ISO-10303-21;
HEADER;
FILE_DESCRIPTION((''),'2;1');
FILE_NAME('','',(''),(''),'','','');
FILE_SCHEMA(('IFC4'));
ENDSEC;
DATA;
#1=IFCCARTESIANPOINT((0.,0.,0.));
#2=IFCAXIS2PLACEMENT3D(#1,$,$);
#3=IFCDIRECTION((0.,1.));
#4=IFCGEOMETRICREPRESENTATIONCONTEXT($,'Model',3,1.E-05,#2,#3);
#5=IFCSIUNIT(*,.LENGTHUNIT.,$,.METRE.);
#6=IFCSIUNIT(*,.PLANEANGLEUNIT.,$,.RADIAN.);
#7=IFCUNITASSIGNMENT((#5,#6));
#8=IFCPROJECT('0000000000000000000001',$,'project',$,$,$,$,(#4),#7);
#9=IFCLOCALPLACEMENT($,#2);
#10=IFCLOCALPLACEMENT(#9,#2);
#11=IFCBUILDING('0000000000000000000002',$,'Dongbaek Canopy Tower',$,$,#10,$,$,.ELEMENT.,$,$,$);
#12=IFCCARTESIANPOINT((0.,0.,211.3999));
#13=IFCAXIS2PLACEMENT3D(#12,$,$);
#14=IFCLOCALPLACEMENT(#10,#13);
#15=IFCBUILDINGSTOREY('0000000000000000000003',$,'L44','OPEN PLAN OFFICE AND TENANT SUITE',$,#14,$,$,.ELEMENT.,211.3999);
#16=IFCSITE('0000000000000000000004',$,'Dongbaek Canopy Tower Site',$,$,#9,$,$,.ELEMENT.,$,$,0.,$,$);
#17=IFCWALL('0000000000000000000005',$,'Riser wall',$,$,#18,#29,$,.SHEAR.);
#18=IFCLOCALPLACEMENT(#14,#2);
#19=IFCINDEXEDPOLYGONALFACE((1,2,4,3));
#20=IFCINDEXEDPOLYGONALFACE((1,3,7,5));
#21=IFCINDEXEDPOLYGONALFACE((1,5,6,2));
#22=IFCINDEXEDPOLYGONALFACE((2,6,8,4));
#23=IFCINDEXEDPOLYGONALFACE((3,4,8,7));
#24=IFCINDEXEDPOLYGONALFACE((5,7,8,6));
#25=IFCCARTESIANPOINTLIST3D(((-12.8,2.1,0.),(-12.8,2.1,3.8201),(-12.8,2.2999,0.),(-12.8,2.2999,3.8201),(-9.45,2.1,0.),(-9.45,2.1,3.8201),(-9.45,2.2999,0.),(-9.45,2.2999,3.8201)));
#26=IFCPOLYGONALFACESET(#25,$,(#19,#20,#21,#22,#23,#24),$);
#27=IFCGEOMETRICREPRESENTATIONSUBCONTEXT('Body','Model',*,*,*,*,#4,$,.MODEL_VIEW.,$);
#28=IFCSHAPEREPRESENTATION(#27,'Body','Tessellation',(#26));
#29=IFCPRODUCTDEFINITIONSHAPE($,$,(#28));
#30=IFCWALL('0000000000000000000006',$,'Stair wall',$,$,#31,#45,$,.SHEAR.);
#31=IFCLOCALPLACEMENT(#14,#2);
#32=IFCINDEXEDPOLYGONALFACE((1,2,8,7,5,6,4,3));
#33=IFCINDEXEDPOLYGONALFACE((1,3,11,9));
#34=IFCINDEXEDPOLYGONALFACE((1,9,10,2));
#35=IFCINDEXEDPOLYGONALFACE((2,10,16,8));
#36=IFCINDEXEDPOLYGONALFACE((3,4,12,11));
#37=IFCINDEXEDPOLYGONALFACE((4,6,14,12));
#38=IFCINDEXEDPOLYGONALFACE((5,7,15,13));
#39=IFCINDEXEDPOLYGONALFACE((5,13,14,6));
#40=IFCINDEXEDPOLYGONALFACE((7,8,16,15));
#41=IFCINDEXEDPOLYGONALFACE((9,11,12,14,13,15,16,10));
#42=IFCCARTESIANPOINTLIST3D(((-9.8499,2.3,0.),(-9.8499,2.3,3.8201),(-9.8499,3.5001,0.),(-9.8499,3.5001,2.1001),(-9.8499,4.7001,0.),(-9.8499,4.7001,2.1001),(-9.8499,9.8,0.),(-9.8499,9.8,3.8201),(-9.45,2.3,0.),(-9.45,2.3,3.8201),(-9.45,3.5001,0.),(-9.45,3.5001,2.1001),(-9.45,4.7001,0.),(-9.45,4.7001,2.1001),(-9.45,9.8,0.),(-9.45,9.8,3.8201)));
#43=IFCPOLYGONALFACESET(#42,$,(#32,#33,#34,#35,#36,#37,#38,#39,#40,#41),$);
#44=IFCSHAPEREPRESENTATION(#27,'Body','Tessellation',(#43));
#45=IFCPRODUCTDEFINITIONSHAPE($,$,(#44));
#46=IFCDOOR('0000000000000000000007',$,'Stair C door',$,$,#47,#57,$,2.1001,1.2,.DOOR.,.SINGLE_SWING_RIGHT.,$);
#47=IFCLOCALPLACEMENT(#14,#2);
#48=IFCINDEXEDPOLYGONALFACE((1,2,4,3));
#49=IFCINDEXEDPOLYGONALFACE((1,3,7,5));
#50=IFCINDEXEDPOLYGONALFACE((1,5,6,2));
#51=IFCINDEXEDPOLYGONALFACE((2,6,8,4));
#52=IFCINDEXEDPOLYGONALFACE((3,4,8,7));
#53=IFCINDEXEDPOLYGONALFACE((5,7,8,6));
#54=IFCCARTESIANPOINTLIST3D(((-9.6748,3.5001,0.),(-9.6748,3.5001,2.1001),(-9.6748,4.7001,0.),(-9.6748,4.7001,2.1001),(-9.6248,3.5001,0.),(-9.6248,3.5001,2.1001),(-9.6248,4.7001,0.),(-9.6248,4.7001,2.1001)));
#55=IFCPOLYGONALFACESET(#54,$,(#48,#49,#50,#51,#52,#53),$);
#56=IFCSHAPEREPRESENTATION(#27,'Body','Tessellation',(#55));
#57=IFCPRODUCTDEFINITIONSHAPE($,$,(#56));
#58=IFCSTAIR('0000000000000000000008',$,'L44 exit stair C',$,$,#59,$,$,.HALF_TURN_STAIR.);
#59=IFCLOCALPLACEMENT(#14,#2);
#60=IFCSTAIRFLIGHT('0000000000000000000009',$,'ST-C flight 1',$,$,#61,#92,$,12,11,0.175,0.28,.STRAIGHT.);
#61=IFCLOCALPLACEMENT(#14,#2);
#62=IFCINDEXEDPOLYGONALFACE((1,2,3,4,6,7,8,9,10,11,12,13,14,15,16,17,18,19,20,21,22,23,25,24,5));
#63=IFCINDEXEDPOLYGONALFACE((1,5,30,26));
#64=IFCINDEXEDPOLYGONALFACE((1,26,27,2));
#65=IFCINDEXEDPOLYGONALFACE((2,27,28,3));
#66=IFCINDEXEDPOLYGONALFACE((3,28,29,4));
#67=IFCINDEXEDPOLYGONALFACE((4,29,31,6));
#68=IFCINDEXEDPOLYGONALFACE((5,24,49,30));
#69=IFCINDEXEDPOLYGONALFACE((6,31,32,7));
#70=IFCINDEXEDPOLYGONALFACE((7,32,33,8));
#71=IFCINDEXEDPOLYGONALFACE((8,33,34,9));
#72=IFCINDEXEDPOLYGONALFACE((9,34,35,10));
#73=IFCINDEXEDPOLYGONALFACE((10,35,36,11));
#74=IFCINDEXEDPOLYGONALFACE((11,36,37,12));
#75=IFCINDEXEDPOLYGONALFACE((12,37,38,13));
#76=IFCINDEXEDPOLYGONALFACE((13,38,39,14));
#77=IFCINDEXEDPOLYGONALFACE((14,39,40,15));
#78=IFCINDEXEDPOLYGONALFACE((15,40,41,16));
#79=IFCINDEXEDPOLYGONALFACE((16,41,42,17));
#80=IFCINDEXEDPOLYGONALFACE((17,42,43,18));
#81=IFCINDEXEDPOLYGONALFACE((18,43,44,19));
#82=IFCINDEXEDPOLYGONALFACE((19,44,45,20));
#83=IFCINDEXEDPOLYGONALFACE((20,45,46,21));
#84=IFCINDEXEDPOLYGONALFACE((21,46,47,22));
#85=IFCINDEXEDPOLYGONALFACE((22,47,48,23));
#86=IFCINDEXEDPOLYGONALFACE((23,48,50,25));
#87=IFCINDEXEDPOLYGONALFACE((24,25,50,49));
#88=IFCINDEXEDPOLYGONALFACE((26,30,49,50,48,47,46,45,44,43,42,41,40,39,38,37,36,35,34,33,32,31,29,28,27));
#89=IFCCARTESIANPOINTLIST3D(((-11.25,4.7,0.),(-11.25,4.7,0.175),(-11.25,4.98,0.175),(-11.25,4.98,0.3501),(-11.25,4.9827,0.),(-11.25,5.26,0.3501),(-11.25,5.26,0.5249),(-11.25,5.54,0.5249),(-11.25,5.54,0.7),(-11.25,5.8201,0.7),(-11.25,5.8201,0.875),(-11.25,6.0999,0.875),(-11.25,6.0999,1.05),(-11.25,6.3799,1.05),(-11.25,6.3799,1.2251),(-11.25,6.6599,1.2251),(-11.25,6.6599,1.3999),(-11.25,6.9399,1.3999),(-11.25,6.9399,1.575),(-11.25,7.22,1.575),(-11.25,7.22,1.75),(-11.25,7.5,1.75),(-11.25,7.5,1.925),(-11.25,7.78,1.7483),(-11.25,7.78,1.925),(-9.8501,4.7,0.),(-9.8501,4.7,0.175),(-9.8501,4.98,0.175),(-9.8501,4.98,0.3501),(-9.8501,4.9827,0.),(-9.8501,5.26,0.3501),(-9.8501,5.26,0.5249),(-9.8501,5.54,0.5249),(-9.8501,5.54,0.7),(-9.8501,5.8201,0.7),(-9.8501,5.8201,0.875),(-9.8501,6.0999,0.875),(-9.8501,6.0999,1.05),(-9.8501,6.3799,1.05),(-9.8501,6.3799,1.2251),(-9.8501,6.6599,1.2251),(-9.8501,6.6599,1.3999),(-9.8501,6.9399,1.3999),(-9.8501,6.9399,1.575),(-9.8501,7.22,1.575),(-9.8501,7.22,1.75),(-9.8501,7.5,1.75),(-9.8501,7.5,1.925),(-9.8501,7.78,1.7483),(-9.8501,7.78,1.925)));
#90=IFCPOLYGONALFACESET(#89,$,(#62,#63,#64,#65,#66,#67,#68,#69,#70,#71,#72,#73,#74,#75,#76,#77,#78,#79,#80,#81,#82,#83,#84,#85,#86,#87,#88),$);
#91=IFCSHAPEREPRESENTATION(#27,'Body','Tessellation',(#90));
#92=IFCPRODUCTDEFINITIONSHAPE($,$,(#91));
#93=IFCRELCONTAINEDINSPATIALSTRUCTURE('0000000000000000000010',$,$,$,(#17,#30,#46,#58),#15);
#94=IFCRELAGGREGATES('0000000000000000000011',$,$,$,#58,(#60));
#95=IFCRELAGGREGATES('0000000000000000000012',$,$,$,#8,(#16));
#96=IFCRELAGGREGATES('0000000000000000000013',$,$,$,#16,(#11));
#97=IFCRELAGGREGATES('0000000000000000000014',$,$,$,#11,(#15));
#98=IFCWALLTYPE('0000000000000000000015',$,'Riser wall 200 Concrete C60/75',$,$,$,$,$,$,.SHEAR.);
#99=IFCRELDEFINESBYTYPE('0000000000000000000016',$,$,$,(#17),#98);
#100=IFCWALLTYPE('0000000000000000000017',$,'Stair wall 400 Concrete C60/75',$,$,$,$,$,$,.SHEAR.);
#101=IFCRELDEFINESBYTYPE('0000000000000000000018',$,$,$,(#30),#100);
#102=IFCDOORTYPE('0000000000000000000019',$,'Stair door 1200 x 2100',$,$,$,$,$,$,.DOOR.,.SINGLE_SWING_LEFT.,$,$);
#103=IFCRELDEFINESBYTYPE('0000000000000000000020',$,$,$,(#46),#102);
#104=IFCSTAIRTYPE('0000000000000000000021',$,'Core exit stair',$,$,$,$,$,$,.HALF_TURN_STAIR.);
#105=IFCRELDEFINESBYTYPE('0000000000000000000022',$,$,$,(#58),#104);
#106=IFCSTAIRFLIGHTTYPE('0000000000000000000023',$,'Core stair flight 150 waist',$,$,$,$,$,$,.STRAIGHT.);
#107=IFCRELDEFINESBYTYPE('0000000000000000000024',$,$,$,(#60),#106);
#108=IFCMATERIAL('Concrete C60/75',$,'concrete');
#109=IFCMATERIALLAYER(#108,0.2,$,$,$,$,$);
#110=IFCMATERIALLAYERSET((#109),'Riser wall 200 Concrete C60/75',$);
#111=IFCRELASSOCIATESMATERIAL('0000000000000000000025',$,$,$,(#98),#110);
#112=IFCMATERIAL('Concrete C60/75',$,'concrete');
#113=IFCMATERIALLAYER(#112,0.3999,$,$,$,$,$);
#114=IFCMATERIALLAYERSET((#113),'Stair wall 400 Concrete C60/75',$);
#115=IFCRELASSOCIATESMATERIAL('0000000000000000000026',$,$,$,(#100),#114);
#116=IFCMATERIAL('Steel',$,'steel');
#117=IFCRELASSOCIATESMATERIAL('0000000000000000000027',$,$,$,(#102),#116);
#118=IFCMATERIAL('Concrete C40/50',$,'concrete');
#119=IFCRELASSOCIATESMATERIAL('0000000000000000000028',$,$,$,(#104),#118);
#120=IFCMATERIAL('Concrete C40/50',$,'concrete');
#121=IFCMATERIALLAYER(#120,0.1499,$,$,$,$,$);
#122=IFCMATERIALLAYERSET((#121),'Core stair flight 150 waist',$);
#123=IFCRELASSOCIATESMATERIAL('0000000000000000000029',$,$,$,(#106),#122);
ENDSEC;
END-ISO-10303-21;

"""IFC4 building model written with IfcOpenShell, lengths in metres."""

from ifc_helpers import new_model, si_unit, direction, frame, frame_2d, origin, place, context, subcontext, project, spatial, polyline, rectangle, outline, extrude, material, layer, layer_set, type_object, element, fill, aggregate, save


model = new_model("IFC4")

# Units and contexts
model_context = context("Model", 3, precision=1e-05, world=origin(), true_north=direction((0.0, 1.0)))
body_context = subcontext(model_context, "Body", "Model", "MODEL_VIEW")
ifc_project = project(units=[si_unit("LENGTHUNIT", "METRE"), si_unit("PLANEANGLEUNIT", "RADIAN")], contexts=[model_context])

# Site, building, storey
site_placement = place(None, origin())
site = spatial("IfcSite", under=ifc_project, at=site_placement, Name="Dongbaek Canopy Tower Site", CompositionType="ELEMENT", RefElevation=0.0)
building_placement = place(site_placement, origin())
building = spatial("IfcBuilding", under=site, at=building_placement, Name="Dongbaek Canopy Tower", CompositionType="ELEMENT")
storey_placement = place(building_placement, frame((0.0, 0.0, 211.3999)))
storey = spatial("IfcBuildingStorey", under=building, at=storey_placement, Name="L44", Description="OPEN PLAN OFFICE AND TENANT SUITE", CompositionType="ELEMENT", Elevation=211.3999)

# Wall
ifc_material_1 = material(Name="Concrete C60/75", Category="concrete")
ifc_layer_1 = layer(ifc_material_1, 0.2)
ifc_layer_set_1 = layer_set([ifc_layer_1], Name="Riser wall 200 Concrete C60/75")
wall_type_1 = type_object("IfcWallType", Name="Riser wall 200 Concrete C60/75", PredefinedType="SHEAR", material=ifc_layer_set_1)
wall_1_placement = place(storey_placement, frame((-9.45, 2.2, 0.0), z_axis=(0.0, 0.0, 1.0), x_axis=(-1.0, 0.0, 0.0)))
element("IfcWall", 1, at=wall_1_placement, inside=storey, type_object=wall_type_1, Name="Riser wall", PredefinedType="SHEAR", context=body_context, shape_type="SweptSolid", body=[
    extrude(rectangle(XDim=3.3501, YDim=0.2, at=frame_2d((1.675, 0.0))), origin(), (0.0, 0.0, 1.0), 3.8201),
])

# Wall, opening, door
ifc_material_2 = material(Name="Concrete C60/75", Category="concrete")
ifc_layer_2 = layer(ifc_material_2, 0.3999)
ifc_layer_set_2 = layer_set([ifc_layer_2], Name="Stair wall 400 Concrete C60/75")
wall_type_2 = type_object("IfcWallType", Name="Stair wall 400 Concrete C60/75", PredefinedType="SHEAR", material=ifc_layer_set_2)
wall_2_placement = place(storey_placement, frame((-9.6499, 2.3, 0.0), z_axis=(0.0, 0.0, 1.0), x_axis=(0.0, 1.0, 0.0)))
wall_2 = element("IfcWall", 2, at=wall_2_placement, inside=storey, type_object=wall_type_2, Name="Stair wall", PredefinedType="SHEAR", context=body_context, shape_type="SweptSolid", body=[
    extrude(rectangle(XDim=7.5, YDim=0.3999, at=frame_2d((3.75, 0.0))), origin(), (0.0, 0.0, 1.0), 3.8201),
])
opening_1_placement = place(wall_2_placement, frame((1.2, 0.0, 0.0)))
opening_1 = element("IfcOpeningElement", 3, at=opening_1_placement, cuts=wall_2, PredefinedType="OPENING", context=body_context, shape_type="SweptSolid", body=[
    extrude(rectangle(XDim=1.2, YDim=2.1001, at=frame_2d((0.6001, 1.05))), frame((0.0, 0.21, 0.0), z_axis=(0.0, -1.0, 0.0), x_axis=(1.0, 0.0, 0.0)), (0.0, 0.0, 1.0), 0.4199),
])
ifc_material_3 = material(Name="Steel", Category="steel")
door_type_1 = type_object("IfcDoorType", Name="Stair door 1200 x 2100", OperationType="SINGLE_SWING_LEFT", PredefinedType="DOOR", material=ifc_material_3)
door_1_placement = place(opening_1_placement, origin())
door_1 = element("IfcDoor", 4, at=door_1_placement, inside=storey, type_object=door_type_1, Name="Stair C door", OperationType="SINGLE_SWING_RIGHT", OverallHeight=2.1001, OverallWidth=1.2, PredefinedType="DOOR", context=body_context, shape_type="SweptSolid", body=[
    extrude(rectangle(XDim=1.2, YDim=2.1001, at=frame_2d((0.6001, 1.05))), frame((0.0, 0.0249, 0.0), z_axis=(0.0, -1.0, 0.0), x_axis=(1.0, 0.0, 0.0)), (0.0, 0.0, 1.0), 0.05),
])
fill(opening_1, door_1)

# Stair, stair flight
ifc_material_4 = material(Name="Concrete C40/50", Category="concrete")
stair_type = type_object("IfcStairType", Name="Core exit stair", PredefinedType="HALF_TURN_STAIR", material=ifc_material_4)
stair_placement = place(storey_placement, origin())
stair = element("IfcStair", 5, at=stair_placement, inside=storey, type_object=stair_type, Name="L44 exit stair C", PredefinedType="HALF_TURN_STAIR")
ifc_material_5 = material(Name="Concrete C40/50", Category="concrete")
ifc_layer_3 = layer(ifc_material_5, 0.1499)
ifc_layer_set_3 = layer_set([ifc_layer_3], Name="Core stair flight 150 waist")
stair_flight_type = type_object("IfcStairFlightType", Name="Core stair flight 150 waist", PredefinedType="STRAIGHT", material=ifc_layer_set_3)
stair_flight_placement = place(storey_placement, frame((-10.55, 4.7, 0.0), z_axis=(0.0, 0.0, 1.0), x_axis=(0.0, 1.0, 0.0)))
stair_flight = element("IfcStairFlight", 6, at=stair_flight_placement, type_object=stair_flight_type, Name="ST-C flight 1", NumberOfRisers=12, NumberOfTreads=11, PredefinedType="STRAIGHT", RiserHeight=0.175, TreadLength=0.28, context=body_context, shape_type="SweptSolid", body=[
    extrude(outline(polyline([(0.0, 0.0), (0.0, 0.175), (0.28, 0.175), (0.28, 0.3501), (0.5601, 0.3501), (0.5601, 0.5249), (0.8401, 0.5249), (0.8401, 0.7), (1.1201, 0.7), (1.1201, 0.875), (1.3999, 0.875), (1.3999, 1.05), (1.6799, 1.05), (1.6799, 1.2251), (1.96, 1.2251), (1.96, 1.3999), (2.24, 1.3999), (2.24, 1.575), (2.52, 1.575), (2.52, 1.75), (2.8, 1.75), (2.8, 1.925), (3.0801, 1.925), (3.0801, 2.1001), (3.0801, 1.7483), (0.2827, 0.0), (0.0, 0.0)])), frame((0.0, 0.7, 0.0), z_axis=(0.0, -1.0, 0.0), x_axis=(1.0, 0.0, 0.0)), (0.0, 0.0, 1.0), 1.3999),
])
aggregate(stair, [stair_flight])

save(model, "model.ifc")
